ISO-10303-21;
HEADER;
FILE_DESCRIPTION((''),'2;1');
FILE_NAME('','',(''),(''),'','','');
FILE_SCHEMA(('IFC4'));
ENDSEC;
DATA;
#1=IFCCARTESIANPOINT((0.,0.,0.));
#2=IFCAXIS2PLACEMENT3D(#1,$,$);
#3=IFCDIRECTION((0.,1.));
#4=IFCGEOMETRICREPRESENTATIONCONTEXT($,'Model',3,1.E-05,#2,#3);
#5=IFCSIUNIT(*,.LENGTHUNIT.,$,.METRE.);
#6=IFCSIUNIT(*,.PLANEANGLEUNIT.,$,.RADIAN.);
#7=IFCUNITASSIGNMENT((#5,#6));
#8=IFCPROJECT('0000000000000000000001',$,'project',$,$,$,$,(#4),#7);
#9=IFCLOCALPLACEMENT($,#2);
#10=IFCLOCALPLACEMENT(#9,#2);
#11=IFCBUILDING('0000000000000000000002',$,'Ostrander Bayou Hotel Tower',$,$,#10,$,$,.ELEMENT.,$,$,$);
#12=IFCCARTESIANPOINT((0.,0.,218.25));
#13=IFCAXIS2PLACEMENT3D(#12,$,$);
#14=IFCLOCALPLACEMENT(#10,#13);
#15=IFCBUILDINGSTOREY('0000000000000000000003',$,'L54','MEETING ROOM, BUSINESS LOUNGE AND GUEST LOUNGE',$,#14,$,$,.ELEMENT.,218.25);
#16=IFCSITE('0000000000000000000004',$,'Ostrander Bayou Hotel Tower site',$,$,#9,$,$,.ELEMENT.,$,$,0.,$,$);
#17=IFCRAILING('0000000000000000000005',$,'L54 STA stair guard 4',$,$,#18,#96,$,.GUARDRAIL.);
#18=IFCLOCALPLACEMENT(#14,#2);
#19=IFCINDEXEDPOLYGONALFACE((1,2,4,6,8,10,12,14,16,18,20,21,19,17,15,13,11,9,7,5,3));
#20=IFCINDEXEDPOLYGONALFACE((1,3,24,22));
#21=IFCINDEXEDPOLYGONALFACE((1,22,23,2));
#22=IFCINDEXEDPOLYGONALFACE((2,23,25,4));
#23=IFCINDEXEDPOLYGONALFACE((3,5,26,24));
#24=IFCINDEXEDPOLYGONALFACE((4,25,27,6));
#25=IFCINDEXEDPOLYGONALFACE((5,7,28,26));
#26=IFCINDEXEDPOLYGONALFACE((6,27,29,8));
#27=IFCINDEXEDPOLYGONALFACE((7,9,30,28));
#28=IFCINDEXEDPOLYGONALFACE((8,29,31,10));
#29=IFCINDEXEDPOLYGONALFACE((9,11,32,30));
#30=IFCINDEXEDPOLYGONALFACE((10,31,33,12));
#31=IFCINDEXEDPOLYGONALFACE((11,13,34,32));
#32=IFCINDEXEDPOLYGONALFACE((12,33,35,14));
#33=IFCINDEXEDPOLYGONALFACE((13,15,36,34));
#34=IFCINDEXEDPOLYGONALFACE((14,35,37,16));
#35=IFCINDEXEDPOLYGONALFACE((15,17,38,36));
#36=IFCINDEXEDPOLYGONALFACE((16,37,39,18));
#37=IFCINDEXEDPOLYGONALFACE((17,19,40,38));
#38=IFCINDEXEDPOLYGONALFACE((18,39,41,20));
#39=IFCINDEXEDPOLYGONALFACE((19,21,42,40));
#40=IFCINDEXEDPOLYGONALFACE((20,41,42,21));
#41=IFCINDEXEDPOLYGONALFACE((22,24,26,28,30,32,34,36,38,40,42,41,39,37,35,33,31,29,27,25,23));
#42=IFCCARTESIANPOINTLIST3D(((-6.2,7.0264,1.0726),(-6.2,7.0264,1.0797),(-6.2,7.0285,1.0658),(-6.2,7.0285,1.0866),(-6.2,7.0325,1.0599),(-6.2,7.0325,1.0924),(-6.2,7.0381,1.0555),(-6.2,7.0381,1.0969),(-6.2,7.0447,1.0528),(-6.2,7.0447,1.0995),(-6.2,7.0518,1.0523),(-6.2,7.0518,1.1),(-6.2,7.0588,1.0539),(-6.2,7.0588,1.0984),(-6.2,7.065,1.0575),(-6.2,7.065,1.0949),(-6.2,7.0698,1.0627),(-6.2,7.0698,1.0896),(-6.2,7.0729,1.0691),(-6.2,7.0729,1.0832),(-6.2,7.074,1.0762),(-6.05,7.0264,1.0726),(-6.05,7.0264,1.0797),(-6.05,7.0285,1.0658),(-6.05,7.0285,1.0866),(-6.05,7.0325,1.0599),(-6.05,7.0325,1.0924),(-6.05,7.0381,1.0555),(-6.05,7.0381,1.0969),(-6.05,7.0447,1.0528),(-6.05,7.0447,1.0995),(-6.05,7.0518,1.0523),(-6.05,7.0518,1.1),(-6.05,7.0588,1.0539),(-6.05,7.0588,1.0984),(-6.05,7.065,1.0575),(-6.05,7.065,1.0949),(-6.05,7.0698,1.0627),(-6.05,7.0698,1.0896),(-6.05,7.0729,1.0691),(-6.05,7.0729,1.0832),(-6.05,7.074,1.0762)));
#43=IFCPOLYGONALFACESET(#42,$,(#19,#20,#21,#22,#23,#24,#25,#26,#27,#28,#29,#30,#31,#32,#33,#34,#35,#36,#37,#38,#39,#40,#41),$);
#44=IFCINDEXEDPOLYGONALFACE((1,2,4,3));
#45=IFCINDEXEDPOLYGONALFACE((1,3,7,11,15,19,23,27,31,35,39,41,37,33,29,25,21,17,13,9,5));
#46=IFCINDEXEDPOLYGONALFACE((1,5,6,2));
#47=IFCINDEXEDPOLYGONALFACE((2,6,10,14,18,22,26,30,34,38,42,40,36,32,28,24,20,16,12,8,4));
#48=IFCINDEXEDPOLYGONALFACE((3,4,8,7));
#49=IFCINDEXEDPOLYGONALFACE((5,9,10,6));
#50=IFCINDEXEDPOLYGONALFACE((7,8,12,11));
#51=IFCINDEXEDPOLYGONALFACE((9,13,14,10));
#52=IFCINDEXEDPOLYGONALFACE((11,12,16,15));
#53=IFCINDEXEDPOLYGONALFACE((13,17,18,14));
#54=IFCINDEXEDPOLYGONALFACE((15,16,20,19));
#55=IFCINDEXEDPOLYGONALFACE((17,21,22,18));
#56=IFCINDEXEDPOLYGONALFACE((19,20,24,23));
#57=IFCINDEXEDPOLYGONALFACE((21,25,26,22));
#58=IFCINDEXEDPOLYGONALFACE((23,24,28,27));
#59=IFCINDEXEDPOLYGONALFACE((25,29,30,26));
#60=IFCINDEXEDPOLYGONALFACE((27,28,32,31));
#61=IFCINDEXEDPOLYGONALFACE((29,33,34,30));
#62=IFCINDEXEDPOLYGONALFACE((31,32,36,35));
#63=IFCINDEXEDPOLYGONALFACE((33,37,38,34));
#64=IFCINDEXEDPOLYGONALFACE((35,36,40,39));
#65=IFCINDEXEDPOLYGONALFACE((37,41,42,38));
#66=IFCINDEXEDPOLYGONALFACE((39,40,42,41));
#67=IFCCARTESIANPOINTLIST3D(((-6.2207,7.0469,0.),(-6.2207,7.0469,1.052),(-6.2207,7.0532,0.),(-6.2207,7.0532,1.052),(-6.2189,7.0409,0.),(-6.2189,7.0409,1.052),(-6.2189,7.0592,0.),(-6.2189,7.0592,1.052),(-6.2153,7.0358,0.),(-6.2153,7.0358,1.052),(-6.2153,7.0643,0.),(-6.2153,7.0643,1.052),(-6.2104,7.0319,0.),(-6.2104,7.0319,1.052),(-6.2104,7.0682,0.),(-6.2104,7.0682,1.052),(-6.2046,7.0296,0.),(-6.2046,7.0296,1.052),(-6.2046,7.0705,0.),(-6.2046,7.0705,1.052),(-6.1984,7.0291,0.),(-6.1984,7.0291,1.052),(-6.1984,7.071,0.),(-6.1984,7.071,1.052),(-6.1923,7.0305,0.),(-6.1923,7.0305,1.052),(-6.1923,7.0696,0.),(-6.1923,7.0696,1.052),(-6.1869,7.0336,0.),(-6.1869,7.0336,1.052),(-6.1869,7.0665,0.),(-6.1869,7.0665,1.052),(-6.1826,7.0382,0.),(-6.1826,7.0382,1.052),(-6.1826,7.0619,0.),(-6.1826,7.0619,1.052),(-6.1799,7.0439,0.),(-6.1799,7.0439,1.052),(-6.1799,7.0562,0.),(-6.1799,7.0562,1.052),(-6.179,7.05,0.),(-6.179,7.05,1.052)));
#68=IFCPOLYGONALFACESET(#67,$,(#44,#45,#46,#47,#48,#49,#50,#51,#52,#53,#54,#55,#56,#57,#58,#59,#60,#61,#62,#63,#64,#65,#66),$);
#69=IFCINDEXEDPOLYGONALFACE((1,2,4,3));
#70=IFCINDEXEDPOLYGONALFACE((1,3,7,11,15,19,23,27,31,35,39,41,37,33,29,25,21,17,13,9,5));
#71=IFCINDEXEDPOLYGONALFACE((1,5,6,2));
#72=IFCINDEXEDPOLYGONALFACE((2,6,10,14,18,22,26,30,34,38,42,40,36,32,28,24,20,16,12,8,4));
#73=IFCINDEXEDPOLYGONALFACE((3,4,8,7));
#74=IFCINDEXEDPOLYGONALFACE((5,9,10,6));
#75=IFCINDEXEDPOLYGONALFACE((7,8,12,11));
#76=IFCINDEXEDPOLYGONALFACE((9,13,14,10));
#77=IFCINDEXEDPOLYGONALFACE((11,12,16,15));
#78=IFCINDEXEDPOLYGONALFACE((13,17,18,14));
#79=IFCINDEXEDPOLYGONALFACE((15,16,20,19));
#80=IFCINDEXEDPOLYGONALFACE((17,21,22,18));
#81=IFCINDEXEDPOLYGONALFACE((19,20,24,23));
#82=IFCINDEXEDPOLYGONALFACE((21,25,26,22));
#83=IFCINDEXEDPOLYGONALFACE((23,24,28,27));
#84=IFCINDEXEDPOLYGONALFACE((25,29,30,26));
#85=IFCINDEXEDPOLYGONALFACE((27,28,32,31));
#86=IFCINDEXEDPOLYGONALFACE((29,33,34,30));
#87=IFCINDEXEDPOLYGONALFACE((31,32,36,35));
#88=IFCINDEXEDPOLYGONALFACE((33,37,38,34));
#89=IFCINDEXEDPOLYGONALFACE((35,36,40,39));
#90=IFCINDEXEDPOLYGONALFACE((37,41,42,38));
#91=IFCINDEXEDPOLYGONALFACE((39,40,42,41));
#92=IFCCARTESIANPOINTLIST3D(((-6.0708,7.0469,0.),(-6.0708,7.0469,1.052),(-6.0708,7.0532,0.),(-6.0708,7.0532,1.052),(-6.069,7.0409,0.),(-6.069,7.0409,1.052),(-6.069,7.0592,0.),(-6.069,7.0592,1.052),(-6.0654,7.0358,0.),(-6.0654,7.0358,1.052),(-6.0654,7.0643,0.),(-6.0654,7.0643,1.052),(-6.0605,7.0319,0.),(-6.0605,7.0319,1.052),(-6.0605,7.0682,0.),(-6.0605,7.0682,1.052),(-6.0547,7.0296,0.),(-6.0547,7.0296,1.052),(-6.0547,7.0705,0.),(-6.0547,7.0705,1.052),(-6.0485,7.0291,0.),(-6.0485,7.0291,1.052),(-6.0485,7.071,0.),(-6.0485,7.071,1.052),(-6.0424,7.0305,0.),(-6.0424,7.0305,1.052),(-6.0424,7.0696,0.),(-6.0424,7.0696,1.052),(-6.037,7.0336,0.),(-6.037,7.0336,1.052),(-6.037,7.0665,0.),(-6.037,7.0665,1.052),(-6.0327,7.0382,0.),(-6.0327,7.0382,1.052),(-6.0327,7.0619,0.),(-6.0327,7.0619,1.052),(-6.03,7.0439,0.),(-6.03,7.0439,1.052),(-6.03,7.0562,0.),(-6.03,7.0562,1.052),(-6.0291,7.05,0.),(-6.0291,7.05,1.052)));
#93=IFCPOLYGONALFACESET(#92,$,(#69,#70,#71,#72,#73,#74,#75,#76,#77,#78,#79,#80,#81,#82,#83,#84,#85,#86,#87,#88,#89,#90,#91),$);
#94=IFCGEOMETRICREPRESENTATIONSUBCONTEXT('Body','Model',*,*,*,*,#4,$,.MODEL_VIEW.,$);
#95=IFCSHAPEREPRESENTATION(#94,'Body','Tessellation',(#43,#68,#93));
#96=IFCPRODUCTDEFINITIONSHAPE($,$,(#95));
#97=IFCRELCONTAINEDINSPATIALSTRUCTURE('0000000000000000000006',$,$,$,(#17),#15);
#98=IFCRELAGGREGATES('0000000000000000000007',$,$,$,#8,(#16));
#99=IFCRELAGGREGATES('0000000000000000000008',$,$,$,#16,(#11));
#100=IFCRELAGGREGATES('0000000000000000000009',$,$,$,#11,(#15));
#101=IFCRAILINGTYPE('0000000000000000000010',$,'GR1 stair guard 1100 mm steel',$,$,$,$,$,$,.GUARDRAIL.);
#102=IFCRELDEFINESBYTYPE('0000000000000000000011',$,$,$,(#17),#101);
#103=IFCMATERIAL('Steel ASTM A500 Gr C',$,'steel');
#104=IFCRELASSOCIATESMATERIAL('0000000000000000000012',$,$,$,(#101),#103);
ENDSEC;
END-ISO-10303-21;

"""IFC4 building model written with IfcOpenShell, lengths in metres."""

from ifc_helpers import new_model, si_unit, direction, frame, origin, origin_2d, place, context, subcontext, project, spatial, circle, extrude, material, type_object, element, save


model = new_model("IFC4")

# Units and contexts
model_context = context("Model", 3, precision=1e-05, world=origin(), true_north=direction((0.0, 1.0)))
body_context = subcontext(model_context, "Body", "Model", "MODEL_VIEW")
ifc_project = project(units=[si_unit("LENGTHUNIT", "METRE"), si_unit("PLANEANGLEUNIT", "RADIAN")], contexts=[model_context])

# Site, building, storey
site_placement = place(None, origin())
site = spatial("IfcSite", under=ifc_project, at=site_placement, Name="Ostrander Bayou Hotel Tower site", CompositionType="ELEMENT", RefElevation=0.0)
building_placement = place(site_placement, origin())
building = spatial("IfcBuilding", under=site, at=building_placement, Name="Ostrander Bayou Hotel Tower", CompositionType="ELEMENT")
storey_placement = place(building_placement, frame((0.0, 0.0, 218.25)))
storey = spatial("IfcBuildingStorey", under=building, at=storey_placement, Name="L54", Description="MEETING ROOM, BUSINESS LOUNGE AND GUEST LOUNGE", CompositionType="ELEMENT", Elevation=218.25)

# Railing
ifc_material_1 = material(Name="Steel ASTM A500 Gr C", Category="steel")
railing_type_1 = type_object("IfcRailingType", Name="GR1 stair guard 1100 mm steel", PredefinedType="GUARDRAIL", material=ifc_material_1)
railing_1_placement = place(storey_placement, frame((-6.2, 7.05, 0.0)))
element("IfcRailing", 1, at=railing_1_placement, inside=storey, type_object=railing_type_1, Name="L54 STA stair guard 4", PredefinedType="GUARDRAIL", context=body_context, shape_type="SweptSolid", body=[
    extrude(circle(Radius=0.0239, at=origin_2d()), frame((0.0, 0.0, 1.0762), z_axis=(1.0, 0.0, 0.0), x_axis=(0.0, 1.0, 0.0)), (0.0, 0.0, 1.0), 0.1499),
    extrude(circle(Radius=0.021, at=origin_2d()), origin(), (0.0, 0.0, 1.0), 1.052),
    extrude(circle(Radius=0.021, at=origin_2d()), frame((0.1499, 0.0, 0.0)), (0.0, 0.0, 1.0), 1.052),
])

save(model, "model.ifc")
